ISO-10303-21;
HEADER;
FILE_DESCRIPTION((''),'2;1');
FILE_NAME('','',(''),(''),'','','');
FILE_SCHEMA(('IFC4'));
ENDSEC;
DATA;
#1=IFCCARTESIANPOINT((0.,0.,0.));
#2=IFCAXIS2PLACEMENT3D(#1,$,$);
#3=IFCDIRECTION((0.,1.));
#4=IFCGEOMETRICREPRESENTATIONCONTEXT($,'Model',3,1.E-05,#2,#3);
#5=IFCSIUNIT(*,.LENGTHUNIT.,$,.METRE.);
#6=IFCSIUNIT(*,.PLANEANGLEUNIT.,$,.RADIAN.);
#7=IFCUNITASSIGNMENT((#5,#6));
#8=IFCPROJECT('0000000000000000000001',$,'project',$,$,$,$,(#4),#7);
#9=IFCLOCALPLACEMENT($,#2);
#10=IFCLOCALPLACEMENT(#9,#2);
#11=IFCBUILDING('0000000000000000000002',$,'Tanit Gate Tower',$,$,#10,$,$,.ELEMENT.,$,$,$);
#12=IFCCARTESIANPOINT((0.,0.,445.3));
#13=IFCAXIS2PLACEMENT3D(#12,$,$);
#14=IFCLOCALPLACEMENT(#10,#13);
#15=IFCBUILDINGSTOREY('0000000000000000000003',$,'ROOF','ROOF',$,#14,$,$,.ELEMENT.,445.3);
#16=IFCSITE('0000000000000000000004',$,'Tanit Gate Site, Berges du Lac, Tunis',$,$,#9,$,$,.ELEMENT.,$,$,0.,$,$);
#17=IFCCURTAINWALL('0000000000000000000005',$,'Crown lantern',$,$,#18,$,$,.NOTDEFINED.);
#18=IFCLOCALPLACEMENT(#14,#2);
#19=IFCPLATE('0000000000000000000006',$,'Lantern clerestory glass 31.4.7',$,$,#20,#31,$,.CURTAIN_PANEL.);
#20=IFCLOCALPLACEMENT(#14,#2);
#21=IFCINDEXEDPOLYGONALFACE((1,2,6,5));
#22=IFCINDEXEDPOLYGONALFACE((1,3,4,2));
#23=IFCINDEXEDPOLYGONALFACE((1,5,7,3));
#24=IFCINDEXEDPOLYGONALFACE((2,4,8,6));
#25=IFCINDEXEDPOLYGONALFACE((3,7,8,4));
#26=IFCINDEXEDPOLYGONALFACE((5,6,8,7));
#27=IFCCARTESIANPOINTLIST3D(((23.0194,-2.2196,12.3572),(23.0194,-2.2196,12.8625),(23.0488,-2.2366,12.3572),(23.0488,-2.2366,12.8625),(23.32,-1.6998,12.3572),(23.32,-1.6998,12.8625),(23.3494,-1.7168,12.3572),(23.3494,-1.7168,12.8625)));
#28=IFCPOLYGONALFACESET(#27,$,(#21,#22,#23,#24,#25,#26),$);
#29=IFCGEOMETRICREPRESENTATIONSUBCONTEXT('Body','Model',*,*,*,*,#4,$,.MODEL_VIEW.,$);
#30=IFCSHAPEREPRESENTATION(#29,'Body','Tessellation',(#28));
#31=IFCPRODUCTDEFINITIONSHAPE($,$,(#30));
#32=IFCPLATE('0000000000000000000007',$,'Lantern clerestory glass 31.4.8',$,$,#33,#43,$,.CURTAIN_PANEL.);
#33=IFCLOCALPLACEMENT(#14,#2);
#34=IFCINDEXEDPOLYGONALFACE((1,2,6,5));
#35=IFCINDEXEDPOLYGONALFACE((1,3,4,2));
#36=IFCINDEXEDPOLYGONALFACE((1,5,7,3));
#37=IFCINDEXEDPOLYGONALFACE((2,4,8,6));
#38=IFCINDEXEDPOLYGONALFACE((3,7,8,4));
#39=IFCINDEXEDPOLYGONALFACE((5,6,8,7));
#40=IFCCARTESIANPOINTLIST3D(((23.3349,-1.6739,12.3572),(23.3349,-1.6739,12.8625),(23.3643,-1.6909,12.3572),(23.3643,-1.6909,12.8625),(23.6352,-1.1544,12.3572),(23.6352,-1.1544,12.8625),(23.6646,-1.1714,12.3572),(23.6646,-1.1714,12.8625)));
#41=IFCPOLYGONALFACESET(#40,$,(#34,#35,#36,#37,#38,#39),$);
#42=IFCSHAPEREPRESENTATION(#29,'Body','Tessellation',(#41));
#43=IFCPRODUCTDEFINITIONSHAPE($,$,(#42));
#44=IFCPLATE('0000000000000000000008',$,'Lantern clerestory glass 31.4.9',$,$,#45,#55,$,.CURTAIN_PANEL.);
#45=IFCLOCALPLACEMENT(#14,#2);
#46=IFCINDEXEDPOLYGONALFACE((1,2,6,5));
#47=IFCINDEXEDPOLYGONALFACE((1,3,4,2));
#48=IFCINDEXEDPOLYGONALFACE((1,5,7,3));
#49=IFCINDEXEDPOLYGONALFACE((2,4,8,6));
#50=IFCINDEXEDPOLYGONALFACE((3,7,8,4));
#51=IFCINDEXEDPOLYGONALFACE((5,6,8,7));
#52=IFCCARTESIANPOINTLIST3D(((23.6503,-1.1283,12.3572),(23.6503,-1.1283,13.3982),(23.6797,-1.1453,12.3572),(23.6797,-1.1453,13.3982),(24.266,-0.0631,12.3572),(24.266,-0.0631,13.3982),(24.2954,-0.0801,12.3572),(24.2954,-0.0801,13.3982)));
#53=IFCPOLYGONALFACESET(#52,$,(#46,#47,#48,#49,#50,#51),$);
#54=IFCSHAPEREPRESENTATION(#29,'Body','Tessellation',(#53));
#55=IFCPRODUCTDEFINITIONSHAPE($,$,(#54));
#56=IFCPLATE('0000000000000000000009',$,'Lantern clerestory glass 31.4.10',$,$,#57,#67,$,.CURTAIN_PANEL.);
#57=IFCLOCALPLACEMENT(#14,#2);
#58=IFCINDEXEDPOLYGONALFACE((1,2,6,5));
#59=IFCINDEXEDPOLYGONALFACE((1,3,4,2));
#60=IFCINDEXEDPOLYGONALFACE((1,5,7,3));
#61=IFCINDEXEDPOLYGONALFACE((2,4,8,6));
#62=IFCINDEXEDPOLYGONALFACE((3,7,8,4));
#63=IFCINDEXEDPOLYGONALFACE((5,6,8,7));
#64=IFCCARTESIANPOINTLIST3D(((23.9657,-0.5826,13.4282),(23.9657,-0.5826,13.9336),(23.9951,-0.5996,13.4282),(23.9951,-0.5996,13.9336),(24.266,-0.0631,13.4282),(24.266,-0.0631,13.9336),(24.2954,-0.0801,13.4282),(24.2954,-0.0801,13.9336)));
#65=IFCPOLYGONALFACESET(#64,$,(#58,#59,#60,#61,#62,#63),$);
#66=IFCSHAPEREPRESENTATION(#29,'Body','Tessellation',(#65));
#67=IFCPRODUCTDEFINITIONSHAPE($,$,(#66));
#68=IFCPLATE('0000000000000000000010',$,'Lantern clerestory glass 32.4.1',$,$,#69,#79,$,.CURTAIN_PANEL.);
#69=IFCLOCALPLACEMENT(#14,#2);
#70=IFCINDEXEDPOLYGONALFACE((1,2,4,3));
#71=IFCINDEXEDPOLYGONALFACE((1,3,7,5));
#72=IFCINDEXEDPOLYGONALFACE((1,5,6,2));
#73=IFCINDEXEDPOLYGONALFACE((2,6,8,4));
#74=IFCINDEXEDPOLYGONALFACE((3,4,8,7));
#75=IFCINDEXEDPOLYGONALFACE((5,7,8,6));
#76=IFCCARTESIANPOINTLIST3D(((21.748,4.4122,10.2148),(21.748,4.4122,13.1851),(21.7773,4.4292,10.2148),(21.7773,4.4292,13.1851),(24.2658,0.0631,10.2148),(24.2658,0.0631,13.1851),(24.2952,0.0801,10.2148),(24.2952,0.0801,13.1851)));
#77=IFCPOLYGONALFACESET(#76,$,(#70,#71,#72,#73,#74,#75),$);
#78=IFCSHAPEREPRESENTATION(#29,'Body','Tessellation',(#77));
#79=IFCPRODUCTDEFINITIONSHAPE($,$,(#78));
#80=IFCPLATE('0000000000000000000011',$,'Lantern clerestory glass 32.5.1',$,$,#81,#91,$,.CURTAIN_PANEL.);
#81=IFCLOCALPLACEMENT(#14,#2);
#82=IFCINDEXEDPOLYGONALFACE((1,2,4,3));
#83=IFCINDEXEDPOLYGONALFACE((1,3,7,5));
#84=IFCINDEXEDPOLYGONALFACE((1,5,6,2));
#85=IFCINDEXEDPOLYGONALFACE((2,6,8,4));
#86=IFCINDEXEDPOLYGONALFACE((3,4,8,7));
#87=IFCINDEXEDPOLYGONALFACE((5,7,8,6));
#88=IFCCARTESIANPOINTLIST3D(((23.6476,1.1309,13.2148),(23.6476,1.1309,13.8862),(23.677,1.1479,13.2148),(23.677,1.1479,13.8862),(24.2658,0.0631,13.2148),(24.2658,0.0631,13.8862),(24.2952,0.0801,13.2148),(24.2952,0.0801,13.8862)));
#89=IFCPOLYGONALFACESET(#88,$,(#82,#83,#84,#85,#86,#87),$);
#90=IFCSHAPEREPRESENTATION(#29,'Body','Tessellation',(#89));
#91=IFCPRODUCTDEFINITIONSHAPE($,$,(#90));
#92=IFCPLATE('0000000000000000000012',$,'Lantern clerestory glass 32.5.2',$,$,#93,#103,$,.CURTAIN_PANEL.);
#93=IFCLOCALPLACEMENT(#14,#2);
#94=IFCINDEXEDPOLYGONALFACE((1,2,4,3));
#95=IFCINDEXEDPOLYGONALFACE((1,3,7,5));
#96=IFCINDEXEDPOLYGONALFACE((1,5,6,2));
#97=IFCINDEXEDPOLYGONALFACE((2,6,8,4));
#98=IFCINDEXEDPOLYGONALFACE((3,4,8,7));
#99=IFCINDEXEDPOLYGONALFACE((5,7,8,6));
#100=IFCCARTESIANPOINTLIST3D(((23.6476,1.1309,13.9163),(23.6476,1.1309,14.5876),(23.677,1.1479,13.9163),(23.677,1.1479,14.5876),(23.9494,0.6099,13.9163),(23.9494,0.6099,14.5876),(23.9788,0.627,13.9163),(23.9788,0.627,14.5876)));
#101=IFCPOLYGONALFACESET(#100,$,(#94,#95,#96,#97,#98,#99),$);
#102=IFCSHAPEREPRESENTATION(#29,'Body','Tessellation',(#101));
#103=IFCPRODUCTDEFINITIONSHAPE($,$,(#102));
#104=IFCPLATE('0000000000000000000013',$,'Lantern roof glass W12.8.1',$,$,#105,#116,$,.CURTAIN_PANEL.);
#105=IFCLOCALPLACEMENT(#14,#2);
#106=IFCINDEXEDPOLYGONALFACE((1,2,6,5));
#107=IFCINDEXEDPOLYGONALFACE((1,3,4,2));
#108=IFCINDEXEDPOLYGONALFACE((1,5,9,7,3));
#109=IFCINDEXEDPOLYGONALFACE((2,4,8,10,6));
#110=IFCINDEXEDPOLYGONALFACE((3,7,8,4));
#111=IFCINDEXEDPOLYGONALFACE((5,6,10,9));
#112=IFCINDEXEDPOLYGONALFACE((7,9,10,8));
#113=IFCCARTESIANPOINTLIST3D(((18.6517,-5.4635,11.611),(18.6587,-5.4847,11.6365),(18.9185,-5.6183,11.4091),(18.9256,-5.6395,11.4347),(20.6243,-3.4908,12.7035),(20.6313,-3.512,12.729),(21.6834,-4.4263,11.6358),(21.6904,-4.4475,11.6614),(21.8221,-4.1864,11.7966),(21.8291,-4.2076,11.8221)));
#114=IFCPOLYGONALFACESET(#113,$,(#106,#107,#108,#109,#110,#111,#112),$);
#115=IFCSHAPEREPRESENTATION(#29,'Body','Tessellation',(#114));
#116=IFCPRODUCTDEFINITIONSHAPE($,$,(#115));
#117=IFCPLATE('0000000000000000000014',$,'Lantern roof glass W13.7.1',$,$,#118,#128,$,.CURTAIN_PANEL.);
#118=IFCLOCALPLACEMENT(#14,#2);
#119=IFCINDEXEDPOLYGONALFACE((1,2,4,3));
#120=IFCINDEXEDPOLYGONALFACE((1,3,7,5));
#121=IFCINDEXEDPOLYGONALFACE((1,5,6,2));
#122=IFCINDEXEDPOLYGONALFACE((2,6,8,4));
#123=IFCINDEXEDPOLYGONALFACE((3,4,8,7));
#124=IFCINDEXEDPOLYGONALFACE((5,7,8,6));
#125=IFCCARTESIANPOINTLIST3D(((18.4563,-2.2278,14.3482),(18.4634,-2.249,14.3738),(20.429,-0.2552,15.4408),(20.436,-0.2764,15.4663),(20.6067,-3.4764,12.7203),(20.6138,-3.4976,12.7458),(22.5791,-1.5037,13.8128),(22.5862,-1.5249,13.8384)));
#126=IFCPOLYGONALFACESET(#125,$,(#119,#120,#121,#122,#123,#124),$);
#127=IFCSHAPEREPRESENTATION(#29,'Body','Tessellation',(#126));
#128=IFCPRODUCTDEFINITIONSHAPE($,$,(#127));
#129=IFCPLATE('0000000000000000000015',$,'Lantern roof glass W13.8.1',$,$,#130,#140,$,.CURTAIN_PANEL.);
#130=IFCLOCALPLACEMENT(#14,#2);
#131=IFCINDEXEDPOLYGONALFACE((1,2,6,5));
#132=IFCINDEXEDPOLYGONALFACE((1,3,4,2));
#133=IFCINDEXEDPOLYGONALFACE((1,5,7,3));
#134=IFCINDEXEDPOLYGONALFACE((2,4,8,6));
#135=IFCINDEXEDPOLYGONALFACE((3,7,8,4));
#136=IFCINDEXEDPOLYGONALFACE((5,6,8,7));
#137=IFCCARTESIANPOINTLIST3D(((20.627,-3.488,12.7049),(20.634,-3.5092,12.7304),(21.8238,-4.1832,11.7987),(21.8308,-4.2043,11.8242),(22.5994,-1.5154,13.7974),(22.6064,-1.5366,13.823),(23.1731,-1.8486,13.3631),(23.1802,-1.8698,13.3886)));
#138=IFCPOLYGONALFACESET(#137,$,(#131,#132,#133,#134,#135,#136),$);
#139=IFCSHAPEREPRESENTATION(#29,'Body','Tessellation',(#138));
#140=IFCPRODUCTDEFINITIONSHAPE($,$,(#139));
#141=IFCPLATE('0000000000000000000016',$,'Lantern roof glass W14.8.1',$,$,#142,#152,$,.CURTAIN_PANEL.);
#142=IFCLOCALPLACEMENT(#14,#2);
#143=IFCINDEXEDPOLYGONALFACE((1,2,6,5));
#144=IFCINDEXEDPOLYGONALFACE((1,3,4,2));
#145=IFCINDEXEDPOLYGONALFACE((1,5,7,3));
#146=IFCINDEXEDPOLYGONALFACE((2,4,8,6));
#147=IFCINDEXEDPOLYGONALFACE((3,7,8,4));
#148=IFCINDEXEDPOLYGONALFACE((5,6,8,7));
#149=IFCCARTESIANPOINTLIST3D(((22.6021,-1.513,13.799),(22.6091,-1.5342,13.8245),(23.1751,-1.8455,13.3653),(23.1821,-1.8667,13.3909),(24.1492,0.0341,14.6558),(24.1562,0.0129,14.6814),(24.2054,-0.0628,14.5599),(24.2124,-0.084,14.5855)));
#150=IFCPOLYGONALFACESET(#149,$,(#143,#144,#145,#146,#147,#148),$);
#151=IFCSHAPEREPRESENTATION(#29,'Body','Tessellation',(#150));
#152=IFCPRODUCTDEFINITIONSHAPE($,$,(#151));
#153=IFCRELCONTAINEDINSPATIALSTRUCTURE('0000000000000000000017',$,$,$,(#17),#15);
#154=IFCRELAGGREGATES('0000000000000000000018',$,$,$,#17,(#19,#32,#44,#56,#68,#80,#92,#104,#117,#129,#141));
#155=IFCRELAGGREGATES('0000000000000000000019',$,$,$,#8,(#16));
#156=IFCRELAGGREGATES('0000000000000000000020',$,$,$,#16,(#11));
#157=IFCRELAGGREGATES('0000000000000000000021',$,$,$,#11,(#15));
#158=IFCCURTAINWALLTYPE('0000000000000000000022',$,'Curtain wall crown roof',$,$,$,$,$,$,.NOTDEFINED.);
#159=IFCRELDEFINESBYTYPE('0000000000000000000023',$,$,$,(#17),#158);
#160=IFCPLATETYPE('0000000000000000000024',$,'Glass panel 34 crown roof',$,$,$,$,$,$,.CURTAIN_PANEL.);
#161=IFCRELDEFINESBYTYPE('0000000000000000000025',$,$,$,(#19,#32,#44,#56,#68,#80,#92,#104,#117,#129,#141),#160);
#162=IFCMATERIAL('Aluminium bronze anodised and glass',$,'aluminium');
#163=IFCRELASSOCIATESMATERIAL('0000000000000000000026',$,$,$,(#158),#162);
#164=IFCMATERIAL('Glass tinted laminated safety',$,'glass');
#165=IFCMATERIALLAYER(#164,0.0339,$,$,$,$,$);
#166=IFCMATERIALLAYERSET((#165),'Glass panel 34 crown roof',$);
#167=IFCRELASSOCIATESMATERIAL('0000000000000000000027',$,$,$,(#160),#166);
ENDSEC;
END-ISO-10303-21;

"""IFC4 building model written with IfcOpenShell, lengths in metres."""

from ifc_helpers import new_model, si_unit, direction, frame, origin, place, context, subcontext, project, spatial, polyline, outline, extrude, material, layer, layer_set, type_object, element, aggregate, save


model = new_model("IFC4")

# Units and contexts
model_context = context("Model", 3, precision=1e-05, world=origin(), true_north=direction((0.0, 1.0)))
body_context = subcontext(model_context, "Body", "Model", "MODEL_VIEW")
ifc_project = project(units=[si_unit("LENGTHUNIT", "METRE"), si_unit("PLANEANGLEUNIT", "RADIAN")], contexts=[model_context])

# Site, building, storey
site_placement = place(None, origin())
site = spatial("IfcSite", under=ifc_project, at=site_placement, Name="Tanit Gate Site, Berges du Lac, Tunis", CompositionType="ELEMENT", RefElevation=0.0)
building_placement = place(site_placement, origin())
building = spatial("IfcBuilding", under=site, at=building_placement, Name="Tanit Gate Tower", CompositionType="ELEMENT")
storey_placement = place(building_placement, frame((0.0, 0.0, 445.3)))
storey = spatial("IfcBuildingStorey", under=building, at=storey_placement, Name="ROOF", Description="ROOF", CompositionType="ELEMENT", Elevation=445.3)

# Curtain wall, plates
ifc_material_1 = material(Name="Aluminium bronze anodised and glass", Category="aluminium")
curtain_wall_type = type_object("IfcCurtainWallType", Name="Curtain wall crown roof", PredefinedType="NOTDEFINED", material=ifc_material_1)
curtain_wall_placement = place(storey_placement, origin())
curtain_wall = element("IfcCurtainWall", 1, at=curtain_wall_placement, inside=storey, type_object=curtain_wall_type, Name="Crown lantern", PredefinedType="NOTDEFINED")
ifc_material_2 = material(Name="Glass tinted laminated safety", Category="glass")
ifc_layer = layer(ifc_material_2, 0.0339)
ifc_layer_set = layer_set([ifc_layer], Name="Glass panel 34 crown roof")
plate_type = type_object("IfcPlateType", Name="Glass panel 34 crown roof", PredefinedType="CURTAIN_PANEL", material=ifc_layer_set)
plate_1_placement = place(storey_placement, frame((23.0488, -2.2366, 12.3572), z_axis=(0.865705, -0.500555, 0.0), x_axis=(0.500555, 0.865705, 0.0)))
plate_1 = element("IfcPlate", 2, at=plate_1_placement, type_object=plate_type, Name="Lantern clerestory glass 31.4.7", PredefinedType="CURTAIN_PANEL", context=body_context, shape_type="SweptSolid", body=[
    extrude(outline(polyline([(0.0, 0.0), (0.6004, 0.0), (0.6004, 0.5054), (0.0, 0.5054), (0.0, 0.0)])), origin(), (0.0, 0.0, -1.0), 0.0339),
])
plate_2_placement = place(storey_placement, frame((23.3643, -1.6909, 12.3572), z_axis=(0.865779, -0.500427, 0.0), x_axis=(0.500427, 0.865779, 0.0)))
plate_2 = element("IfcPlate", 3, at=plate_2_placement, type_object=plate_type, Name="Lantern clerestory glass 31.4.8", PredefinedType="CURTAIN_PANEL", context=body_context, shape_type="SweptSolid", body=[
    extrude(outline(polyline([(0.0, 0.0), (0.6001, 0.0), (0.6001, 0.5054), (0.0, 0.5054), (0.0, 0.0)])), origin(), (0.0, 0.0, -1.0), 0.0339),
])
plate_3_placement = place(storey_placement, frame((23.6797, -1.1453, 12.3572), z_axis=(0.865766, -0.50045, 0.0), x_axis=(0.50045, 0.865766, 0.0)))
plate_3 = element("IfcPlate", 4, at=plate_3_placement, type_object=plate_type, Name="Lantern clerestory glass 31.4.9", PredefinedType="CURTAIN_PANEL", context=body_context, shape_type="SweptSolid", body=[
    extrude(outline(polyline([(0.0, 0.0), (1.2303, 0.0), (1.2303, 1.041), (0.0, 1.041), (0.0, 0.0)])), origin(), (0.0, 0.0, -1.0), 0.0339),
])
plate_4_placement = place(storey_placement, frame((23.9951, -0.5996, 13.4282), z_axis=(0.865779, -0.500427, 0.0), x_axis=(0.500427, 0.865779, 0.0)))
plate_4 = element("IfcPlate", 5, at=plate_4_placement, type_object=plate_type, Name="Lantern clerestory glass 31.4.10", PredefinedType="CURTAIN_PANEL", context=body_context, shape_type="SweptSolid", body=[
    extrude(outline(polyline([(0.0, 0.0), (0.6001, 0.0), (0.6001, 0.5054), (0.0, 0.5054), (0.0, 0.0)])), origin(), (0.0, 0.0, -1.0), 0.0339),
])
plate_5_placement = place(storey_placement, frame((24.2952, 0.0801, 10.2148), z_axis=(0.865434, 0.501023, 0.0), x_axis=(-0.501023, 0.865434, 0.0)))
plate_5 = element("IfcPlate", 6, at=plate_5_placement, type_object=plate_type, Name="Lantern clerestory glass 32.4.1", PredefinedType="CURTAIN_PANEL", context=body_context, shape_type="SweptSolid", body=[
    extrude(outline(polyline([(0.0, 0.0), (5.0254, 0.0), (5.0254, 2.9702), (0.0, 2.9702), (0.0, 0.0)])), origin(), (0.0, 0.0, -1.0), 0.0339),
])
plate_6_placement = place(storey_placement, frame((24.2952, 0.0801, 13.2148), z_axis=(0.865453, 0.500989, 0.0), x_axis=(-0.500989, 0.865453, 0.0)))
plate_6 = element("IfcPlate", 7, at=plate_6_placement, type_object=plate_type, Name="Lantern clerestory glass 32.5.1", PredefinedType="CURTAIN_PANEL", context=body_context, shape_type="SweptSolid", body=[
    extrude(outline(polyline([(0.0, 0.0), (1.2339, 0.0), (1.2339, 0.6714), (0.0, 0.6714), (0.0, 0.0)])), origin(), (0.0, 0.0, -1.0), 0.0339),
])
plate_7_placement = place(storey_placement, frame((23.9788, 0.627, 13.9163), z_axis=(0.865334, 0.501196, 0.0), x_axis=(-0.501196, 0.865334, 0.0)))
plate_7 = element("IfcPlate", 8, at=plate_7_placement, type_object=plate_type, Name="Lantern clerestory glass 32.5.2", PredefinedType="CURTAIN_PANEL", context=body_context, shape_type="SweptSolid", body=[
    extrude(outline(polyline([(0.0, 0.0), (0.6021, 0.0), (0.6021, 0.6714), (0.0, 0.6714), (0.0, 0.0)])), origin(), (0.0, 0.0, -1.0), 0.0339),
])
plate_8_placement = place(storey_placement, frame((20.6313, -3.512, 12.729), z_axis=(0.207468, -0.62446, 0.752999), x_axis=(-0.658411, -0.658436, -0.364633)))
plate_8 = element("IfcPlate", 9, at=plate_8_placement, type_object=plate_type, Name="Lantern roof glass W12.8.1", PredefinedType="CURTAIN_PANEL", context=body_context, shape_type="SweptSolid", body=[
    extrude(outline(polyline([(0.0, 0.0), (2.9961, 0.0), (2.9959, 0.3687), (0.308, 1.7441), (0.0001, 1.6556), (0.0, 0.0)])), origin(), (0.0, 0.0, -1.0), 0.0339),
])
plate_9_placement = place(storey_placement, frame((20.6138, -3.4976, 12.7458), z_axis=(0.207467, -0.624482, 0.75298), x_axis=(0.658373, 0.658447, 0.364681)))
plate_9 = element("IfcPlate", 10, at=plate_9_placement, type_object=plate_type, Name="Lantern roof glass W13.7.1", PredefinedType="CURTAIN_PANEL", context=body_context, shape_type="SweptSolid", body=[
    extrude(outline(polyline([(0.0, 0.0), (2.9959, 0.0), (2.9961, 2.9719), (0.0, 2.9721), (0.0, 0.0)])), origin(), (0.0, 0.0, -1.0), 0.0339),
])
plate_10_placement = place(storey_placement, frame((22.6064, -1.5366, 13.823), z_axis=(0.207436, -0.624484, 0.752987), x_axis=(-0.658377, -0.658436, -0.364695)))
plate_10 = element("IfcPlate", 11, at=plate_10_placement, type_object=plate_type, Name="Lantern roof glass W13.8.1", PredefinedType="CURTAIN_PANEL", context=body_context, shape_type="SweptSolid", body=[
    extrude(outline(polyline([(0.0, 0.0), (2.9959, 0.0), (2.9961, 1.6543), (0.0001, 0.793), (0.0, 0.0)])), origin(), (0.0, 0.0, -1.0), 0.0339),
])
plate_11_placement = place(storey_placement, frame((24.1562, 0.0129, 14.6814), z_axis=(0.207483, -0.624499, 0.752962), x_axis=(-0.658403, -0.658426, -0.364665)))
plate_11 = element("IfcPlate", 12, at=plate_11_placement, type_object=plate_type, Name="Lantern roof glass W14.8.1", PredefinedType="CURTAIN_PANEL", context=body_context, shape_type="SweptSolid", body=[
    extrude(outline(polyline([(0.0, 0.0), (2.3498, 0.0), (2.3496, 0.7918), (0.0618, 0.1339), (0.0, 0.0)])), origin(), (0.0, 0.0, -1.0), 0.0339),
])
aggregate(curtain_wall, [plate_1, plate_2, plate_3, plate_4, plate_5, plate_6, plate_7, plate_8, plate_9, plate_10, plate_11])

save(model, "model.ifc")
